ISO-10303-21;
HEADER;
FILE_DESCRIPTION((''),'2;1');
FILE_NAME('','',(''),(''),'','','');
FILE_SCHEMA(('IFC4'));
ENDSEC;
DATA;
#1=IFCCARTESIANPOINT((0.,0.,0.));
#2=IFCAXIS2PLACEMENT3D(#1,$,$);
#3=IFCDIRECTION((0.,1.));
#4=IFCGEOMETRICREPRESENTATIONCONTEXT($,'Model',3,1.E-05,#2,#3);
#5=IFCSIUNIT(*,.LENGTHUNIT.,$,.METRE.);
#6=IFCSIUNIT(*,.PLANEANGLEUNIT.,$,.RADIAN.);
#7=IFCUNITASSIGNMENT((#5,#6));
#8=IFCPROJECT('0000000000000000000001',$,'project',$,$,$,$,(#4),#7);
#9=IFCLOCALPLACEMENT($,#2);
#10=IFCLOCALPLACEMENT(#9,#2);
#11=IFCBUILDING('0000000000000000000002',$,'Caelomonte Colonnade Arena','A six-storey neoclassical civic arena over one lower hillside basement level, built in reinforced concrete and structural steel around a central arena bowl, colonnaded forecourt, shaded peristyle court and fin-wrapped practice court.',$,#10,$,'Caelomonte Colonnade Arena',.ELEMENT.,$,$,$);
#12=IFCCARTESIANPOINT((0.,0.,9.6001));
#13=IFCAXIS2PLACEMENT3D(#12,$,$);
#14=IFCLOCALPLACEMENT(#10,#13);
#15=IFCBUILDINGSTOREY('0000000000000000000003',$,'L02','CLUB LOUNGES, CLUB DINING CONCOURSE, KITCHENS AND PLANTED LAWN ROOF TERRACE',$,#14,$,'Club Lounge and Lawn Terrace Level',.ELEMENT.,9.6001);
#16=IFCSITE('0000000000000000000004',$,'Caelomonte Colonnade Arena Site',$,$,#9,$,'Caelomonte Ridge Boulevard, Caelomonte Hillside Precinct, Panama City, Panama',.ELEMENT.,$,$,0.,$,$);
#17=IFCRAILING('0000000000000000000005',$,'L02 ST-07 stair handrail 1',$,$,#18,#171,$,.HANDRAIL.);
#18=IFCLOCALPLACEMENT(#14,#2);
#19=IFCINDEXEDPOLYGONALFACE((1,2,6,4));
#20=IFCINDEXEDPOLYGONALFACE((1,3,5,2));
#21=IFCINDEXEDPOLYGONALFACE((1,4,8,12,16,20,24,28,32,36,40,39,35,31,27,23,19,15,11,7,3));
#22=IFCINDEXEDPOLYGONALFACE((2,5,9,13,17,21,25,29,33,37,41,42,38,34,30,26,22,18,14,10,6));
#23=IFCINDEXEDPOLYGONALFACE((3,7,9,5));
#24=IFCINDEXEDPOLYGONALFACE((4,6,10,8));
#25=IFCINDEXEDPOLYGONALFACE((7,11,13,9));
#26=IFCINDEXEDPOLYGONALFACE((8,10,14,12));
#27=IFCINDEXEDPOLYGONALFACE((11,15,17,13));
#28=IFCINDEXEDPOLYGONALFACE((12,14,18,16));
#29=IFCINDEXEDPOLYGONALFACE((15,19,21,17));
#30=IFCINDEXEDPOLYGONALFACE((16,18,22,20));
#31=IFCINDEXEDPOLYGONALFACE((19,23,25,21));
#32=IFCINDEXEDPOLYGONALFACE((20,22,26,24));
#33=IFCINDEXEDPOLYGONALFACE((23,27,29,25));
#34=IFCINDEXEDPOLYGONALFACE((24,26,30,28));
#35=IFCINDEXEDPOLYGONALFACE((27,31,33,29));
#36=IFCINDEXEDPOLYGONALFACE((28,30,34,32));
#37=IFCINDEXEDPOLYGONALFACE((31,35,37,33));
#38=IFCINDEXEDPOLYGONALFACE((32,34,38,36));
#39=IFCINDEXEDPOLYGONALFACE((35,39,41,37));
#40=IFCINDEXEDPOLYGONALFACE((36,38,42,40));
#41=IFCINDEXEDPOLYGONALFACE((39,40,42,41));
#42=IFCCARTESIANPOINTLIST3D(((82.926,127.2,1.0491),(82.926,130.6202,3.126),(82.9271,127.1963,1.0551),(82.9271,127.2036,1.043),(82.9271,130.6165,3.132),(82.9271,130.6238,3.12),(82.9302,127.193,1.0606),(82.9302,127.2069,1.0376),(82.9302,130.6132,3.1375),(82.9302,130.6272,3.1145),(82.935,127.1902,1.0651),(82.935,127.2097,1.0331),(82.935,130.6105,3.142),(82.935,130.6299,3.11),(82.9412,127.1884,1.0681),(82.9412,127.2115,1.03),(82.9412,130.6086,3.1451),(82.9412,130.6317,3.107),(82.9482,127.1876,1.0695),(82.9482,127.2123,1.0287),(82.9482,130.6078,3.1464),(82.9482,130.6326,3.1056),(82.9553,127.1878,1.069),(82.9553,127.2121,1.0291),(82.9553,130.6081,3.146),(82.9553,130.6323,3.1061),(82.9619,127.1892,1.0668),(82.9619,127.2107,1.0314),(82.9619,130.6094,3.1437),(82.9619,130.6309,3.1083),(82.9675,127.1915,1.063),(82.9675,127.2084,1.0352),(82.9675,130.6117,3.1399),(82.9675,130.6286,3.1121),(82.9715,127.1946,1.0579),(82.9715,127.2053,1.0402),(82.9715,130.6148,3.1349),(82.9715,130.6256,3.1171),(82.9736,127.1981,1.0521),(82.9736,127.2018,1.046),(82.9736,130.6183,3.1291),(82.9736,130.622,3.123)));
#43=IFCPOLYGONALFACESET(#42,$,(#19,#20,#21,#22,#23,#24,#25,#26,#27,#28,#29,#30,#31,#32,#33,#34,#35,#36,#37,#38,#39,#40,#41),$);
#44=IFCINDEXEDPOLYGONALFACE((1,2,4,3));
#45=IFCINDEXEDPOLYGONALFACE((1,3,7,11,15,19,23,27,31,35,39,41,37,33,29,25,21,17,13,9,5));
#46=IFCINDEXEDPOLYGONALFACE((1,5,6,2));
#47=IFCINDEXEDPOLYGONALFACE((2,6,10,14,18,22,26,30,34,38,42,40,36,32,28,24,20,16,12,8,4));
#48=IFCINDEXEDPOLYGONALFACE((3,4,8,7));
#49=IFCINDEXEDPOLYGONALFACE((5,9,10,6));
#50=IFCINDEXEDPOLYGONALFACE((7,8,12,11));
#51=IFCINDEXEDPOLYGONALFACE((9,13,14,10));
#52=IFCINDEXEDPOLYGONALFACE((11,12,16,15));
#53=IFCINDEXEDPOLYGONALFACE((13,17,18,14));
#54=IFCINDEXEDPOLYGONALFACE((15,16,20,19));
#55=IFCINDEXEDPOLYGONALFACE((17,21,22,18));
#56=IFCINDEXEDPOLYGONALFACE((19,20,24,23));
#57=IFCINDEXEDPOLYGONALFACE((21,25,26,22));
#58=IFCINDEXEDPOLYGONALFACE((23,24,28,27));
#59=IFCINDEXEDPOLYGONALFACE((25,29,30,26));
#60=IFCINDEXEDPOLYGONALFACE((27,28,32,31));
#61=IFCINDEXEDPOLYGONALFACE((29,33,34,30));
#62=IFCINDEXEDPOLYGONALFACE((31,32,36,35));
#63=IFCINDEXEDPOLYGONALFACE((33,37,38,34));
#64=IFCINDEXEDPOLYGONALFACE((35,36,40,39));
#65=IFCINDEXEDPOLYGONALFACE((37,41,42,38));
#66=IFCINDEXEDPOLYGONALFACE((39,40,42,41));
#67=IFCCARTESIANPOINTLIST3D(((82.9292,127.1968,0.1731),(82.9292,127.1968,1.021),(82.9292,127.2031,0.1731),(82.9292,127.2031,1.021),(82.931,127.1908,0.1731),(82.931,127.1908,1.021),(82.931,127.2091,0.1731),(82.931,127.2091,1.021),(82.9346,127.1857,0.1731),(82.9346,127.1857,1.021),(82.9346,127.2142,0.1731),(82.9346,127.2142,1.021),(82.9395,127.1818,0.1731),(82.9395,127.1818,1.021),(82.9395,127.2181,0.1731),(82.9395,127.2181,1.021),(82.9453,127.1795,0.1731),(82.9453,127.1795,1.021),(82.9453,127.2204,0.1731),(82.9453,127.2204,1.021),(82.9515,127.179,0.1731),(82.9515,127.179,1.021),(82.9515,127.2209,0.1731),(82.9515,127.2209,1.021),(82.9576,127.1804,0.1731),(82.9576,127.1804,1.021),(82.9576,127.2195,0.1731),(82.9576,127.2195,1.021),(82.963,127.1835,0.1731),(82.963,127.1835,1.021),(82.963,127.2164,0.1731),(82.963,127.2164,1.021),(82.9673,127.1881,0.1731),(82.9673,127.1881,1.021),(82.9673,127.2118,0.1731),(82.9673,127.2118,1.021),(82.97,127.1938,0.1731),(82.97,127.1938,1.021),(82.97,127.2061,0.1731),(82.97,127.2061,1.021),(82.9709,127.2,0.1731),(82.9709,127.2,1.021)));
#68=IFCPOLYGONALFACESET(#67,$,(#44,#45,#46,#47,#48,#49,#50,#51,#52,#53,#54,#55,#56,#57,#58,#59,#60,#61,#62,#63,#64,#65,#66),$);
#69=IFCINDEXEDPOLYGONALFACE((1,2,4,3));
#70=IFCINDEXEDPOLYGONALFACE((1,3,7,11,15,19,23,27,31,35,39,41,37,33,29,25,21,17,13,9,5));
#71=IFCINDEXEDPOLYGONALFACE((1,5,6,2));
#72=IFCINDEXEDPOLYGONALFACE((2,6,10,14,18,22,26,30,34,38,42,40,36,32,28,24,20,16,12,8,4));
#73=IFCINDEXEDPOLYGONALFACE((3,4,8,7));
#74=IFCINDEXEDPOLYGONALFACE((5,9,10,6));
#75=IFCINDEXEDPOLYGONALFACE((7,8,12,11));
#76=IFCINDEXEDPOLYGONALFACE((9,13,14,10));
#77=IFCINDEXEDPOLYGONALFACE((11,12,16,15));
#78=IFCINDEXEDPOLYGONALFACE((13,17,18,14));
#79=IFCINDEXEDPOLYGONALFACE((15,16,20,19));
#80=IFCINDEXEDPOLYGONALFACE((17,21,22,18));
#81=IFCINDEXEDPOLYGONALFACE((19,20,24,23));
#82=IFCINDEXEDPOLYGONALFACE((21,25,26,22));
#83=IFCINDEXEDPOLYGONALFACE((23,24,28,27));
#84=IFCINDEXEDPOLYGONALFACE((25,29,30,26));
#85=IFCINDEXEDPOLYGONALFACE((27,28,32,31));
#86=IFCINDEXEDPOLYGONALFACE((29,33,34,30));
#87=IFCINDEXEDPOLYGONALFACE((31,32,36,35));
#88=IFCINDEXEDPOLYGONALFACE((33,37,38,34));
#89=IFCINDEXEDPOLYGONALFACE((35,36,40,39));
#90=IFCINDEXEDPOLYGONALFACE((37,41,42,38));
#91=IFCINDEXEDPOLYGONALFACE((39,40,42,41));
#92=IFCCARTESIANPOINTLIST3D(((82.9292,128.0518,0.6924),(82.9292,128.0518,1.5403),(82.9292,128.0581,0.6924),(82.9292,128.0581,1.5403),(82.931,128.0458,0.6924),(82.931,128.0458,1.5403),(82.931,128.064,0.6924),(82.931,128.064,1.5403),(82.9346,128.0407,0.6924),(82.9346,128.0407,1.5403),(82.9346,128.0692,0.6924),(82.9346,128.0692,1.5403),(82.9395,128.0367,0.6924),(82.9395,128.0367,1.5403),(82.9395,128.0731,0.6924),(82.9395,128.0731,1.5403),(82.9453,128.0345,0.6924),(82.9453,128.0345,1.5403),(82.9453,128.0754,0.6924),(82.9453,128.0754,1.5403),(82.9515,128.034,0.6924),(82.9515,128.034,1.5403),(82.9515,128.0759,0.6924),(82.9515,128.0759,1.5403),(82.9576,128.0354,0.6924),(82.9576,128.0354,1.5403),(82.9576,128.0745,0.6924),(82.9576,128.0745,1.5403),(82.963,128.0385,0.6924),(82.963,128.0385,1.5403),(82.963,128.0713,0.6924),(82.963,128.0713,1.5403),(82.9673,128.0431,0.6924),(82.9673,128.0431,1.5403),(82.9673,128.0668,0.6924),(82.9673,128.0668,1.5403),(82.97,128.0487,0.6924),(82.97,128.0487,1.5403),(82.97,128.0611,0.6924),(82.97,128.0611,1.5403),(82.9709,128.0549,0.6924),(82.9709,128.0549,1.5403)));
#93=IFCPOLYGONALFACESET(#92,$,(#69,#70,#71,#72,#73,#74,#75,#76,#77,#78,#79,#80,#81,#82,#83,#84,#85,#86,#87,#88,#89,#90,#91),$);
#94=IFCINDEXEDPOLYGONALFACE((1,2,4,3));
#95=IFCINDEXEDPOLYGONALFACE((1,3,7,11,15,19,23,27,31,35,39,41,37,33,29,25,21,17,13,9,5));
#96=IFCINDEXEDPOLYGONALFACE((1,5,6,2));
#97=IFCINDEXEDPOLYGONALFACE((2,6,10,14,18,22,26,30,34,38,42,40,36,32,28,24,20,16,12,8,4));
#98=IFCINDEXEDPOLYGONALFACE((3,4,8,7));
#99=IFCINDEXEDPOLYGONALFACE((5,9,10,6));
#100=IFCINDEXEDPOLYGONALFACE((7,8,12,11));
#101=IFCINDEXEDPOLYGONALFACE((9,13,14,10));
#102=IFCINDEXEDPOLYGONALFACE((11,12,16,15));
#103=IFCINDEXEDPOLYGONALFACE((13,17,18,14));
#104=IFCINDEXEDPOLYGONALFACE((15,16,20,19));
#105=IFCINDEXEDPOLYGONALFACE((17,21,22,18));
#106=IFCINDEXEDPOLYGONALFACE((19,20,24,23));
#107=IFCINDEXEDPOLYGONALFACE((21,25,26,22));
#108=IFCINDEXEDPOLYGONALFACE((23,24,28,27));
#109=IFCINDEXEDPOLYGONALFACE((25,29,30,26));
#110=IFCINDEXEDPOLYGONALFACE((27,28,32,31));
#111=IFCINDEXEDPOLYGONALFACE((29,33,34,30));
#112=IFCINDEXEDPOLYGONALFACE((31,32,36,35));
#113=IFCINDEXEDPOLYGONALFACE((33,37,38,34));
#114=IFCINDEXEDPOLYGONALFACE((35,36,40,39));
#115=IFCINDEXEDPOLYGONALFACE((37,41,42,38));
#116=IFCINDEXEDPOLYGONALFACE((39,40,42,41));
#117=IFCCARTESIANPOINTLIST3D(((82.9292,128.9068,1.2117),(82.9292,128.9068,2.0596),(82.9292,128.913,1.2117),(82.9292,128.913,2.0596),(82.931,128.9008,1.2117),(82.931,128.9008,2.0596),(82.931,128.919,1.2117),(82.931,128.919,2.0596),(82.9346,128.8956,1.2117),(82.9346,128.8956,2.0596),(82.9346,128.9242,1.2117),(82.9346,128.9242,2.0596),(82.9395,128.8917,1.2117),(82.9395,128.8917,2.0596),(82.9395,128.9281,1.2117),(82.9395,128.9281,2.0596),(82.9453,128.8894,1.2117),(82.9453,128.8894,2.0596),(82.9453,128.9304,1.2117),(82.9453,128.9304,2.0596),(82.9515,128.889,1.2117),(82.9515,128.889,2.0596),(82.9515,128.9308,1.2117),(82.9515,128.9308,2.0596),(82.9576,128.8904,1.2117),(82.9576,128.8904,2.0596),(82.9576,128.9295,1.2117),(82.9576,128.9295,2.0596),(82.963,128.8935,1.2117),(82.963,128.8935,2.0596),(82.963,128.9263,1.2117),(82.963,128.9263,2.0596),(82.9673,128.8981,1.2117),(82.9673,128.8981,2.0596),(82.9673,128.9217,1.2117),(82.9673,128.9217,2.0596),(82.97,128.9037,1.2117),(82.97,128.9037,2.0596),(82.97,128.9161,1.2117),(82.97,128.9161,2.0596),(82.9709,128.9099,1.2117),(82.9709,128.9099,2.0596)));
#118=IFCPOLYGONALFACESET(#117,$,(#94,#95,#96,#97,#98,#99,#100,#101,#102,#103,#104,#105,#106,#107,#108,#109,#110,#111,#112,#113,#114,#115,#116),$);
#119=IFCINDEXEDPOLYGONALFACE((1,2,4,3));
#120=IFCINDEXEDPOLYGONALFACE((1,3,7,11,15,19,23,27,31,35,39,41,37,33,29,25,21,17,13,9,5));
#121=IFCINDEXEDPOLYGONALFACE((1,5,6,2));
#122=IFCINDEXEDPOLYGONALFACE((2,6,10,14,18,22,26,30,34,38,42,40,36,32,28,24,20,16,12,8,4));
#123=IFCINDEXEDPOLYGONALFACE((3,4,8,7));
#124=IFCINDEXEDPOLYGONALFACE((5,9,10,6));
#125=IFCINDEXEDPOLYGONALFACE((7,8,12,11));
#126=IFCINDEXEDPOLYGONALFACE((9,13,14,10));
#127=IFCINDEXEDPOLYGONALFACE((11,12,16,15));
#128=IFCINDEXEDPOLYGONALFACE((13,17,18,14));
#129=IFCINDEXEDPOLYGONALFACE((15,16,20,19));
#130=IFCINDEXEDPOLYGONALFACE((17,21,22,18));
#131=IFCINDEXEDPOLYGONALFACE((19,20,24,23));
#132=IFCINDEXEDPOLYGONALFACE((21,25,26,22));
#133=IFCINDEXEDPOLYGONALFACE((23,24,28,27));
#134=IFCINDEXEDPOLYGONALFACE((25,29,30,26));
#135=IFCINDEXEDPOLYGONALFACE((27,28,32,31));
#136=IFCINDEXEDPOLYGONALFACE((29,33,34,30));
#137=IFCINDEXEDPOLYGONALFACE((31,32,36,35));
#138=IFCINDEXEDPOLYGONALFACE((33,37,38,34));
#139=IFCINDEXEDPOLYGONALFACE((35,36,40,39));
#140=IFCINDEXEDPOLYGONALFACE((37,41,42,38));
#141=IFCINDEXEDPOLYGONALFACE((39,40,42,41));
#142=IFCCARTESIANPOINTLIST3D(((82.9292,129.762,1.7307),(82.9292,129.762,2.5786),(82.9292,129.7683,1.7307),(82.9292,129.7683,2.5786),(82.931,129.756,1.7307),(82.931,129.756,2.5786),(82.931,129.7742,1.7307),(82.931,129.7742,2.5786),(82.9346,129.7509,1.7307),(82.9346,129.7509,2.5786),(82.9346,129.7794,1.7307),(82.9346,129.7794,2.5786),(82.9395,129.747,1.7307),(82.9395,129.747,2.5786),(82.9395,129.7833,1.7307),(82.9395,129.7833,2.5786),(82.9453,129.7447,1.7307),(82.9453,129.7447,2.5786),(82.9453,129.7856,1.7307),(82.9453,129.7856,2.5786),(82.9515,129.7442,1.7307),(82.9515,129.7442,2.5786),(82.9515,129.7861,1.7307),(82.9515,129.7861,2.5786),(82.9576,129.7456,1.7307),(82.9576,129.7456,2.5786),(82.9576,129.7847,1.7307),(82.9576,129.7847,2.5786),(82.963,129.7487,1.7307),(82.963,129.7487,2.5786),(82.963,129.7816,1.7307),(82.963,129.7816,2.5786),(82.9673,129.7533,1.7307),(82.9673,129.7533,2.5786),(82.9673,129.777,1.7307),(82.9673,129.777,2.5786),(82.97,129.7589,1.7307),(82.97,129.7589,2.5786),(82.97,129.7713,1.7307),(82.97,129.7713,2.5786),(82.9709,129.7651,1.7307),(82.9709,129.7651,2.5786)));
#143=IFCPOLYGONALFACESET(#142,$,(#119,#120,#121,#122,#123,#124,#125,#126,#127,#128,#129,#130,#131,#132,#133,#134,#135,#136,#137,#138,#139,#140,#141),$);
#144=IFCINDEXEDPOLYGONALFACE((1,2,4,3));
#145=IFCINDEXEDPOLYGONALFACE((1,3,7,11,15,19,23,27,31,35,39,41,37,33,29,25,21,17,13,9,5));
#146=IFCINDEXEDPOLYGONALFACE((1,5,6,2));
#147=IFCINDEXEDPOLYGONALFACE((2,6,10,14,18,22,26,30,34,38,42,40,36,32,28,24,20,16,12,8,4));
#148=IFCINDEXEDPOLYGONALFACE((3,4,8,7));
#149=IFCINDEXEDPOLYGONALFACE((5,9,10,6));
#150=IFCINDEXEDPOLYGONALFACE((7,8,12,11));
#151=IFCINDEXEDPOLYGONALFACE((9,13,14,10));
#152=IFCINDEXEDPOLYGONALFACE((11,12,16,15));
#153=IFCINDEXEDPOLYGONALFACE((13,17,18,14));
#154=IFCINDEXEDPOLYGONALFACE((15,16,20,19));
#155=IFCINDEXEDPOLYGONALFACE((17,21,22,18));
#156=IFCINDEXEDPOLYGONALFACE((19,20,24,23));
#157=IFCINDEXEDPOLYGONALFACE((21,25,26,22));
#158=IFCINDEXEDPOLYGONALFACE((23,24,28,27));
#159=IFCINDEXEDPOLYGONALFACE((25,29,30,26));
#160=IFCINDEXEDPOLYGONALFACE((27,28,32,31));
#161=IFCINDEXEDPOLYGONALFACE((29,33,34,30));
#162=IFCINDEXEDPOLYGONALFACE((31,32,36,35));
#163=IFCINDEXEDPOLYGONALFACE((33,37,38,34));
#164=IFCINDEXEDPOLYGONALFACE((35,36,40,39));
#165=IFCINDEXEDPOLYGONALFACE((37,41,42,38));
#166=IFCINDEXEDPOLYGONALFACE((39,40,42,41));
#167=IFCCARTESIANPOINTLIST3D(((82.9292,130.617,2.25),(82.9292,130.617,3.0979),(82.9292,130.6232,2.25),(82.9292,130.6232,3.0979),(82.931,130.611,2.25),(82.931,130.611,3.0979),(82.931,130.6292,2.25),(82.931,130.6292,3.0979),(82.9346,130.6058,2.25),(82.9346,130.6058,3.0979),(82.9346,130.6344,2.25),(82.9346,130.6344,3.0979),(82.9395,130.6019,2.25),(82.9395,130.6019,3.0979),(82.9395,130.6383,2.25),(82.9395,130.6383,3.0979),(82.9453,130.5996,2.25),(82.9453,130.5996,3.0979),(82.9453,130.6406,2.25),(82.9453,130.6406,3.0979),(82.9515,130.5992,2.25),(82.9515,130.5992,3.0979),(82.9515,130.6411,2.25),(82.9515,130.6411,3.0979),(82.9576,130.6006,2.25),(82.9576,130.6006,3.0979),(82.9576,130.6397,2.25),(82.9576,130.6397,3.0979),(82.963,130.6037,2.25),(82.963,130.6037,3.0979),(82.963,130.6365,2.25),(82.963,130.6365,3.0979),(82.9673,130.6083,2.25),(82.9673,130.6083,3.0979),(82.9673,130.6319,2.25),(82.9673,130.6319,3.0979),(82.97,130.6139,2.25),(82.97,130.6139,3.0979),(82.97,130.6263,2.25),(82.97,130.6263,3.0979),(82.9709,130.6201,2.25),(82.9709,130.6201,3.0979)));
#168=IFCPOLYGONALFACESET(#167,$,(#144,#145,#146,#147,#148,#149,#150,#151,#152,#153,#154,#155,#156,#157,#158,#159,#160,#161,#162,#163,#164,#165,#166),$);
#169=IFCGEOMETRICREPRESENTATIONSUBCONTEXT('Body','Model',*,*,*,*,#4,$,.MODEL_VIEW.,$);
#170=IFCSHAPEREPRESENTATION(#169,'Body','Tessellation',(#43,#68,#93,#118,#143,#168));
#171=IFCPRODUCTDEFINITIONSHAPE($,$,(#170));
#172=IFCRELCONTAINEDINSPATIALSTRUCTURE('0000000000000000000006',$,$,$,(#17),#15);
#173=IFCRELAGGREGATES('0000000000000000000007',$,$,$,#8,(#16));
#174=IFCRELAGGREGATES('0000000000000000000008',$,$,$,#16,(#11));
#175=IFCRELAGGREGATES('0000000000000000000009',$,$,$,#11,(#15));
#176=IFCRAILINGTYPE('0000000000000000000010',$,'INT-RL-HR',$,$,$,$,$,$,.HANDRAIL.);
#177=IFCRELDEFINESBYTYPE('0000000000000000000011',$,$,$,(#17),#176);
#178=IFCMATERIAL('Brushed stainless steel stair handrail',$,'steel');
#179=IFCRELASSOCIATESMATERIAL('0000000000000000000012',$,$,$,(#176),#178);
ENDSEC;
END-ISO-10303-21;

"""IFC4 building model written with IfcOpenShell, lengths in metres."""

from ifc_helpers import new_model, si_unit, direction, frame, origin, origin_2d, place, context, subcontext, project, spatial, circle, extrude, material, type_object, element, save


model = new_model("IFC4")

# Units and contexts
model_context = context("Model", 3, precision=1e-05, world=origin(), true_north=direction((0.0, 1.0)))
body_context = subcontext(model_context, "Body", "Model", "MODEL_VIEW")
ifc_project = project(units=[si_unit("LENGTHUNIT", "METRE"), si_unit("PLANEANGLEUNIT", "RADIAN")], contexts=[model_context])

# Site, building, storey
site_placement = place(None, origin())
site = spatial("IfcSite", under=ifc_project, at=site_placement, Name="Caelomonte Colonnade Arena Site", LongName="Caelomonte Ridge Boulevard, Caelomonte Hillside Precinct, Panama City, Panama", CompositionType="ELEMENT", RefElevation=0.0)
building_placement = place(site_placement, origin())
building = spatial("IfcBuilding", under=site, at=building_placement, Name="Caelomonte Colonnade Arena", Description="A six-storey neoclassical civic arena over one lower hillside basement level, built in reinforced concrete and structural steel around a central arena bowl, colonnaded forecourt, shaded peristyle court and fin-wrapped practice court.", LongName="Caelomonte Colonnade Arena", CompositionType="ELEMENT")
storey_placement = place(building_placement, frame((0.0, 0.0, 9.6001)))
storey = spatial("IfcBuildingStorey", under=building, at=storey_placement, Name="L02", Description="CLUB LOUNGES, CLUB DINING CONCOURSE, KITCHENS AND PLANTED LAWN ROOF TERRACE", LongName="Club Lounge and Lawn Terrace Level", CompositionType="ELEMENT", Elevation=9.6001)

# Railing
ifc_material_1 = material(Name="Brushed stainless steel stair handrail", Category="steel")
railing_type_1 = type_object("IfcRailingType", Name="INT-RL-HR", PredefinedType="HANDRAIL", material=ifc_material_1)
railing_1_placement = place(storey_placement, frame((82.95, 127.2, 0.1731)))
element("IfcRailing", 1, at=railing_1_placement, inside=storey, type_object=railing_type_1, Name="L02 ST-07 stair handrail 1", PredefinedType="HANDRAIL", context=body_context, shape_type="SweptSolid", body=[
    extrude(circle(Radius=0.0239, at=origin_2d()), frame((0.0, 0.0, 0.876), z_axis=(0.0, 0.854746, 0.519047), x_axis=(-1.0, 0.0, 0.0)), (0.0, 0.0, 1.0), 4.0015),
    extrude(circle(Radius=0.021, at=origin_2d()), origin(), (0.0, 0.0, 1.0), 0.8479),
    extrude(circle(Radius=0.021, at=origin_2d()), frame((0.0, 0.855, 0.5193)), (0.0, 0.0, 1.0), 0.8479),
    extrude(circle(Radius=0.021, at=origin_2d()), frame((0.0, 1.71, 1.0386)), (0.0, 0.0, 1.0), 0.8479),
    extrude(circle(Radius=0.021, at=origin_2d()), frame((0.0, 2.5652, 1.5576)), (0.0, 0.0, 1.0), 0.8479),
    extrude(circle(Radius=0.021, at=origin_2d()), frame((0.0, 3.4202, 2.0769)), (0.0, 0.0, 1.0), 0.8479),
])

save(model, "model.ifc")
